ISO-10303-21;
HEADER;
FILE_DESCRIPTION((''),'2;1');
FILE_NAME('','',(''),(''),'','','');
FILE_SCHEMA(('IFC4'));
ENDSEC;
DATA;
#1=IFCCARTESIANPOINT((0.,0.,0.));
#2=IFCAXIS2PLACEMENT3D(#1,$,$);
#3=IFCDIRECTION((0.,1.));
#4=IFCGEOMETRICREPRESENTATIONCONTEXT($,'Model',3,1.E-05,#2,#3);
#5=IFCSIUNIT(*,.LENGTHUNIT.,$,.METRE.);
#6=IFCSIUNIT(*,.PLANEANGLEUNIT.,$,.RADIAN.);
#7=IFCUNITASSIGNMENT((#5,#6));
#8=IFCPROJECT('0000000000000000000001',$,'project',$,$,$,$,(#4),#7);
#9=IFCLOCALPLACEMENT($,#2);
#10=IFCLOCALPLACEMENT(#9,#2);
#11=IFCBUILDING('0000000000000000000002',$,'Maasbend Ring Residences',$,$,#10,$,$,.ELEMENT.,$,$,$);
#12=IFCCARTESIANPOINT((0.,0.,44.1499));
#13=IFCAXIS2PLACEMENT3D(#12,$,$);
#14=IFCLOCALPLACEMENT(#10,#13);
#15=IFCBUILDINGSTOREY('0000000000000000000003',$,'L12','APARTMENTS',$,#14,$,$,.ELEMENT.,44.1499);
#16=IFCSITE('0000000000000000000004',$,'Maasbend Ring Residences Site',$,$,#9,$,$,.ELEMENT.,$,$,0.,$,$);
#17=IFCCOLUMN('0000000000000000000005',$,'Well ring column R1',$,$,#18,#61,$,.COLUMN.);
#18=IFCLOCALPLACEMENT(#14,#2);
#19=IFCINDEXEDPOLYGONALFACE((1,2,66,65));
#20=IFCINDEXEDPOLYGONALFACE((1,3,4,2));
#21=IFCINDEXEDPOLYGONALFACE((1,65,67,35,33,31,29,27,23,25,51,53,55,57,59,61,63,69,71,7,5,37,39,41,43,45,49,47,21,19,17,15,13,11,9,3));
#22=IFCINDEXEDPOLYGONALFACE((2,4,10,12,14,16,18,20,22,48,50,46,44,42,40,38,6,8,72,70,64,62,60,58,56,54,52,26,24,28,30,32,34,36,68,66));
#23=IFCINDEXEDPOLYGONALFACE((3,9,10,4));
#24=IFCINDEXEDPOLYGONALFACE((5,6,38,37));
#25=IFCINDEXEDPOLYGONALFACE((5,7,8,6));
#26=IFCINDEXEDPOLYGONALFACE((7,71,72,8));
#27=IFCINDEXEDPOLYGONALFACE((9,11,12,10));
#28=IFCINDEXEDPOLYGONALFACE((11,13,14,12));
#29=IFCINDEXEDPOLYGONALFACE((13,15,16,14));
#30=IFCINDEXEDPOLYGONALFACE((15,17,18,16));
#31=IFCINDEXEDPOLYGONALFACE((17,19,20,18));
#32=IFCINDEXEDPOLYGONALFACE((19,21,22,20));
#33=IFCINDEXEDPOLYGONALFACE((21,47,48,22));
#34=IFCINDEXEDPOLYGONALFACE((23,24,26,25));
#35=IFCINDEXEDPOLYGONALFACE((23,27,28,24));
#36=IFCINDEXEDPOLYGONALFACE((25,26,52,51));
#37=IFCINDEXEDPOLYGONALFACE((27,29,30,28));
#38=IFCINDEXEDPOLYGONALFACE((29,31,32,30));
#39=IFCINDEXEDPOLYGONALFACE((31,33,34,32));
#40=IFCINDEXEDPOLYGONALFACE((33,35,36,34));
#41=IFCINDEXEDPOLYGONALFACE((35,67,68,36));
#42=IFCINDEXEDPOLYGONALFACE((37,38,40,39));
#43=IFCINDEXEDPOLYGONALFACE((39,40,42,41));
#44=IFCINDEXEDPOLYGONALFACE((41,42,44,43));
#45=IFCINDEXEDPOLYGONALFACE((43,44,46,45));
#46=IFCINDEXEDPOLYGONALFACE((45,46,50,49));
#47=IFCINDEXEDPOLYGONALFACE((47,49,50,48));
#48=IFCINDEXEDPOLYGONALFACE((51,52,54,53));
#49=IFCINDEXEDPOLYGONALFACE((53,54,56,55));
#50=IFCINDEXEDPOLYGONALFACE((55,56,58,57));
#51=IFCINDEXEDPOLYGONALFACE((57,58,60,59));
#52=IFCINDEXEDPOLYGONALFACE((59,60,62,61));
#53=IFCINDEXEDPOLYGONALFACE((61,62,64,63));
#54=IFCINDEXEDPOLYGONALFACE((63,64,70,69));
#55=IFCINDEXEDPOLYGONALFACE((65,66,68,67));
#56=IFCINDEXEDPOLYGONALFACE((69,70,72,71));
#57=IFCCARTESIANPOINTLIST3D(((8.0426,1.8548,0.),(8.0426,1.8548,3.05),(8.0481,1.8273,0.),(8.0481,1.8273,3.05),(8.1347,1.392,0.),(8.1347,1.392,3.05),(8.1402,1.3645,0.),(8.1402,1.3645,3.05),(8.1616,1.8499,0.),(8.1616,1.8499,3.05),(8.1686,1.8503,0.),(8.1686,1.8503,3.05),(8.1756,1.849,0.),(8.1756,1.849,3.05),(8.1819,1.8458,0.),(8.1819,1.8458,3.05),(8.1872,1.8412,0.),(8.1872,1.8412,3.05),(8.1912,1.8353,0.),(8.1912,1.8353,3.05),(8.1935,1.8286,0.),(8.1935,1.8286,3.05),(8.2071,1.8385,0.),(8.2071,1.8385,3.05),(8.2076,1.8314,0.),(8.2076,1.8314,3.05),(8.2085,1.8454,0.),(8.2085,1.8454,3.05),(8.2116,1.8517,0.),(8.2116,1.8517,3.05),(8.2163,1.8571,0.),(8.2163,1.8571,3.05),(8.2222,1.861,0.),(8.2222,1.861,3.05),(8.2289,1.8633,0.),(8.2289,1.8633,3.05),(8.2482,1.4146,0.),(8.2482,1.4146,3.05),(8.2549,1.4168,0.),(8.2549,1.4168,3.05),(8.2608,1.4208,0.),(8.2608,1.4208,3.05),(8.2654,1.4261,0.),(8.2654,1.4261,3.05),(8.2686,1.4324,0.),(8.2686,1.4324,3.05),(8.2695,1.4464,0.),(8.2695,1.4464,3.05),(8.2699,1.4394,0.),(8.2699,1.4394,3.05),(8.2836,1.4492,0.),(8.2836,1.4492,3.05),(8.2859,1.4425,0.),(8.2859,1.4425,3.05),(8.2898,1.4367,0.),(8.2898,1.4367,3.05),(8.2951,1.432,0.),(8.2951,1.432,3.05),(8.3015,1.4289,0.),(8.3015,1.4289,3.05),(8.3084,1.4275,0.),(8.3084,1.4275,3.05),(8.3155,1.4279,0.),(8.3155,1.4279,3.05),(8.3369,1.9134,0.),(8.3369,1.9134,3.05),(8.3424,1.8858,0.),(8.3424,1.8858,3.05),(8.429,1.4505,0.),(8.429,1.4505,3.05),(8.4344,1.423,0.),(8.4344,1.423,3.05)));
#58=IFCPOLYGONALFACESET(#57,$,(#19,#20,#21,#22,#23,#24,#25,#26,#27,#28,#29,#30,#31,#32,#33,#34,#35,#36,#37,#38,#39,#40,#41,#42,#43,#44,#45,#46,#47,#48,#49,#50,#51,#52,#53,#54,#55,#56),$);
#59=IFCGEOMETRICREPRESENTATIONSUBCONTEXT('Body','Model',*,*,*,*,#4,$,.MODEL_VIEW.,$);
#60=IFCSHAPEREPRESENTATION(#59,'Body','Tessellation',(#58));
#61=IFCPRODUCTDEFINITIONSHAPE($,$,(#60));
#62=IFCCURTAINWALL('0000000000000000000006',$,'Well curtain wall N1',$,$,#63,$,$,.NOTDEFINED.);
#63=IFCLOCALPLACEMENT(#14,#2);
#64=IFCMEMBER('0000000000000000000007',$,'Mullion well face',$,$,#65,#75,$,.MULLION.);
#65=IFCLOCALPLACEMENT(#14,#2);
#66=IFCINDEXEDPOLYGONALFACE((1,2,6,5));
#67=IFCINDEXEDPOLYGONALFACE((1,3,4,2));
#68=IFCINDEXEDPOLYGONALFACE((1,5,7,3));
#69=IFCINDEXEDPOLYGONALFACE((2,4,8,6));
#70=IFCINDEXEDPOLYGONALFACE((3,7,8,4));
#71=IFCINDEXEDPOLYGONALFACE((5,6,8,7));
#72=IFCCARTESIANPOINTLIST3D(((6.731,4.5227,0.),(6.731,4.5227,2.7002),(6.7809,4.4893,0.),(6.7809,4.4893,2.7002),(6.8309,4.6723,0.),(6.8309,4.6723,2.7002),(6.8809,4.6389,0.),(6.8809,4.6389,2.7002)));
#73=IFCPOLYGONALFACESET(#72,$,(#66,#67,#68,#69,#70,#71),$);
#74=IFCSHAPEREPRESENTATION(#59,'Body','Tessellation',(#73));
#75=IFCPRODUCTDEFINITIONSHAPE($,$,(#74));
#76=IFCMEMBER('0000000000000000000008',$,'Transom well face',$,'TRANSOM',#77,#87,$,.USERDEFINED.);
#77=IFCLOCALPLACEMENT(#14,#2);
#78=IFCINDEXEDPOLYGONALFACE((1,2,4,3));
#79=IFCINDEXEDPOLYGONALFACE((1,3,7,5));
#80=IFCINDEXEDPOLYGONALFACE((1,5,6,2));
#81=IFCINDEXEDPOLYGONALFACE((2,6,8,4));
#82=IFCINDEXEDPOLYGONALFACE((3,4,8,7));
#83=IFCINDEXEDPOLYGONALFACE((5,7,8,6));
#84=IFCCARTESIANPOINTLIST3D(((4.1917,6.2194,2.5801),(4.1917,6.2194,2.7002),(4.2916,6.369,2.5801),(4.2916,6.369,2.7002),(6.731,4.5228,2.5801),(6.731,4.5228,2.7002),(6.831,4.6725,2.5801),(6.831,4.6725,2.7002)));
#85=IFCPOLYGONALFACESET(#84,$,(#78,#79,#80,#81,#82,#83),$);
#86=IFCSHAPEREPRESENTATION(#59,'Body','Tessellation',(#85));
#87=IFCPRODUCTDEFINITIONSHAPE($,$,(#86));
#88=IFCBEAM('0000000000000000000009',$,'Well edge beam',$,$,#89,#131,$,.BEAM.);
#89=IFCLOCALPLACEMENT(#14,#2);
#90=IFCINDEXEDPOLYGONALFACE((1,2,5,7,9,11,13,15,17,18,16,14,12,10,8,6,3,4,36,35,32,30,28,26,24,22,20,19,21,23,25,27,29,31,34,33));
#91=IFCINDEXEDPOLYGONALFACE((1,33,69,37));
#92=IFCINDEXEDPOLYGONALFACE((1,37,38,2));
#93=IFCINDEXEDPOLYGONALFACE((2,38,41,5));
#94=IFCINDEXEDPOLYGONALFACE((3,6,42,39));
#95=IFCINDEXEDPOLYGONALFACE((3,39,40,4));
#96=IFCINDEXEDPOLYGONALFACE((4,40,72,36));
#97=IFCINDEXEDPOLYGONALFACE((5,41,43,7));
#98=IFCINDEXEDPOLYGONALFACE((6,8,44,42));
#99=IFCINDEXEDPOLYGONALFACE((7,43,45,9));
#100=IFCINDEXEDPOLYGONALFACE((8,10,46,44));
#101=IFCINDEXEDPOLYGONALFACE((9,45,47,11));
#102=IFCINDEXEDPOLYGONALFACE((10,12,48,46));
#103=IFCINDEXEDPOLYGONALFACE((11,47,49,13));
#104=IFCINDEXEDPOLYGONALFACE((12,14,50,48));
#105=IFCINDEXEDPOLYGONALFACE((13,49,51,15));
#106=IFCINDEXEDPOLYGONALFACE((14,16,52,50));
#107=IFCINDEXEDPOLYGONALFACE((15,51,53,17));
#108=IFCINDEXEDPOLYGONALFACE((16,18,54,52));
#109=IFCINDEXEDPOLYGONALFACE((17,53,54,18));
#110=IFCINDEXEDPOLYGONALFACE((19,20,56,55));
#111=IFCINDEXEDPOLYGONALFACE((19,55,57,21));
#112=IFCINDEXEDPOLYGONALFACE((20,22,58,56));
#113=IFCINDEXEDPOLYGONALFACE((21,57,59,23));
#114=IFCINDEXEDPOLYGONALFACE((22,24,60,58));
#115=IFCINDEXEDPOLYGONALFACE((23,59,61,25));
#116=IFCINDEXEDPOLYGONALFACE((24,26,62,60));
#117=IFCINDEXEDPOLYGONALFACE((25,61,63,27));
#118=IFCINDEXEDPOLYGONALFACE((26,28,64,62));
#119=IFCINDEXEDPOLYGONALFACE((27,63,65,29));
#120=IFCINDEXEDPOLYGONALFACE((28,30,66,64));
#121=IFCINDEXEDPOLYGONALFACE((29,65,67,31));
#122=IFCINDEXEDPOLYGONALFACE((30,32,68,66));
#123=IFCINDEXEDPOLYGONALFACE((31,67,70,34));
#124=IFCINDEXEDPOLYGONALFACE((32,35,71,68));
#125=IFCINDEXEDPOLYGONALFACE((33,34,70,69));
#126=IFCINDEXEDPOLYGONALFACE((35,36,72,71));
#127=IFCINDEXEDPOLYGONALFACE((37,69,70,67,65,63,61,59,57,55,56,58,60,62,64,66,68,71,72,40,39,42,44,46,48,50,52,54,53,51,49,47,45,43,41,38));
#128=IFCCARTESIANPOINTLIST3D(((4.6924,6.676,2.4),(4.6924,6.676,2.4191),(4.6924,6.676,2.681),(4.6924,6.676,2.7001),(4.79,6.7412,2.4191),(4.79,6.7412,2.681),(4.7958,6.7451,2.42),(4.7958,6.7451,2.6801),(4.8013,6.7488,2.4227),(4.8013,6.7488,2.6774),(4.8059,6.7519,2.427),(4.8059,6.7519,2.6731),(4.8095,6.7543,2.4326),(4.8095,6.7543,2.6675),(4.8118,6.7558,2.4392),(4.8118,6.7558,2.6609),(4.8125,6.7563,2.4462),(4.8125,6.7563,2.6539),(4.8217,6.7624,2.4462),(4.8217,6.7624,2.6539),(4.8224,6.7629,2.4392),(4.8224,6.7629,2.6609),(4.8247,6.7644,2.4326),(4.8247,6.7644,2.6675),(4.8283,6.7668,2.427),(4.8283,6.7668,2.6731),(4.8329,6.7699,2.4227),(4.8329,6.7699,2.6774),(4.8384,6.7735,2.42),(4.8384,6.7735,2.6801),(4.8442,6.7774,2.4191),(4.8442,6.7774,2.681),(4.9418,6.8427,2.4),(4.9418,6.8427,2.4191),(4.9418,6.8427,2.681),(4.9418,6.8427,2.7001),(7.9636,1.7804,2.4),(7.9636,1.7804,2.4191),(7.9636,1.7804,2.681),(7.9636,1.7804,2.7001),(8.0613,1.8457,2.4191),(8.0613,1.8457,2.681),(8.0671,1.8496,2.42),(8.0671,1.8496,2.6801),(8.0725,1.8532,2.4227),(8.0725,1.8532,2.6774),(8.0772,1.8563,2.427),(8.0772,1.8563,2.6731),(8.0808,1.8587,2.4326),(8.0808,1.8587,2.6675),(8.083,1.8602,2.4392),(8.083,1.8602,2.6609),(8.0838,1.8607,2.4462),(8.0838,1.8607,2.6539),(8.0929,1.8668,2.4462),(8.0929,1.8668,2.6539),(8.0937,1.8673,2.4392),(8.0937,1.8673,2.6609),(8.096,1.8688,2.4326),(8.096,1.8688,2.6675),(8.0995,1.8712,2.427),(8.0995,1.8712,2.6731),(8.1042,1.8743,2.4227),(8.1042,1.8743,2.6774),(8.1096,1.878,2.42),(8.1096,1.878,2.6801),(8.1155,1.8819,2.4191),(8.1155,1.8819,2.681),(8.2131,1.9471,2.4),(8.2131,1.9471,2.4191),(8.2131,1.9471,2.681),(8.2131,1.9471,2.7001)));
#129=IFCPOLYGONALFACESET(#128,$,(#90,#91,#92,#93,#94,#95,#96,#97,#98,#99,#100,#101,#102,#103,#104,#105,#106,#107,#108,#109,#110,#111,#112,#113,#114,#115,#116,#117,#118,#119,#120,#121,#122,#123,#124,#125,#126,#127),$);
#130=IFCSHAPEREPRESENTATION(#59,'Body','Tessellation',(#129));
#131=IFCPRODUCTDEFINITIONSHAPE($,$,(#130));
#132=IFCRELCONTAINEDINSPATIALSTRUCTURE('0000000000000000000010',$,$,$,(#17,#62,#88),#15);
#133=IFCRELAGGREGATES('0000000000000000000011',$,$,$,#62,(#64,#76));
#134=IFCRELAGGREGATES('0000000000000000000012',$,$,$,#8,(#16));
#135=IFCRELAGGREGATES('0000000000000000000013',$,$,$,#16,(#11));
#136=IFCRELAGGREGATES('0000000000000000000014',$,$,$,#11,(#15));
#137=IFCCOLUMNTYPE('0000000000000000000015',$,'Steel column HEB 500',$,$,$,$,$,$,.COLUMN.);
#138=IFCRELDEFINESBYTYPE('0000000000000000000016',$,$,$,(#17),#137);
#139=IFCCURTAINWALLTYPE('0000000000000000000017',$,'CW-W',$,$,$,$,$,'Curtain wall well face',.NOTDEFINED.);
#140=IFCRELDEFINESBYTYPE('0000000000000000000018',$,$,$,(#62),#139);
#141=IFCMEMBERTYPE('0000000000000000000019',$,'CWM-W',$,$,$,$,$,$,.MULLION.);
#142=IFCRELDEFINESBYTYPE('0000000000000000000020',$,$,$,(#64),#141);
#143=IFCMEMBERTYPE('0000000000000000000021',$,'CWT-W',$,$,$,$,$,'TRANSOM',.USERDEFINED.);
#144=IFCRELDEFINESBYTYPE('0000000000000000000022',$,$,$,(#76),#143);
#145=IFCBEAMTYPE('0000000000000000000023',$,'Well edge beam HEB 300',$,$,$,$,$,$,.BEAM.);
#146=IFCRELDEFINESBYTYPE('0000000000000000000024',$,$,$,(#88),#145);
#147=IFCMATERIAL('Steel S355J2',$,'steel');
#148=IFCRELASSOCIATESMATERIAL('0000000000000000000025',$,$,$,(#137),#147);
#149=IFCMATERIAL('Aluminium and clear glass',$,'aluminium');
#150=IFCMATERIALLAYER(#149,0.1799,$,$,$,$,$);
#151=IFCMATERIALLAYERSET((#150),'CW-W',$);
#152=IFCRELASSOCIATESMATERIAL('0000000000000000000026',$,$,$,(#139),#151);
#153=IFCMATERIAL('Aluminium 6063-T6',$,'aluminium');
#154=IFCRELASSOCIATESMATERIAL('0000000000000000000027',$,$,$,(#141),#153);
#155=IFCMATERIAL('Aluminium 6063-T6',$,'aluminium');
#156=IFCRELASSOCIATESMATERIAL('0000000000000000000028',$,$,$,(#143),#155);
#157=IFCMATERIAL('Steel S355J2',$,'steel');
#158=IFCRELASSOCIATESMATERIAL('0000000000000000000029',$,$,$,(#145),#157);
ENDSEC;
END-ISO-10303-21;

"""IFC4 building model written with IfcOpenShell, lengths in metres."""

from ifc_helpers import new_model, si_unit, direction, frame, origin, origin_2d, place, context, subcontext, project, spatial, rectangle, i_section, extrude, material, layer, layer_set, material_profile, profile_set, type_object, element, aggregate, save


model = new_model("IFC4")

# Units and contexts
model_context = context("Model", 3, precision=1e-05, world=origin(), true_north=direction((0.0, 1.0)))
body_context = subcontext(model_context, "Body", "Model", "MODEL_VIEW")
ifc_project = project(units=[si_unit("LENGTHUNIT", "METRE"), si_unit("PLANEANGLEUNIT", "RADIAN")], contexts=[model_context])

# Site, building, storey
site_placement = place(None, origin())
site = spatial("IfcSite", under=ifc_project, at=site_placement, Name="Maasbend Ring Residences Site", CompositionType="ELEMENT", RefElevation=0.0)
building_placement = place(site_placement, origin())
building = spatial("IfcBuilding", under=site, at=building_placement, Name="Maasbend Ring Residences", CompositionType="ELEMENT")
storey_placement = place(building_placement, frame((0.0, 0.0, 44.1499)))
storey = spatial("IfcBuildingStorey", under=building, at=storey_placement, Name="L12", Description="APARTMENTS", CompositionType="ELEMENT", Elevation=44.1499)

# Column
ifc_material_1 = material(Name="Steel S355J2", Category="steel")
ifc_material_profile_1 = material_profile(ifc_material_1, i_section(OverallWidth=0.3, OverallDepth=0.5, WebThickness=0.0144, FlangeThickness=0.0281, FilletRadius=0.0271, at=origin_2d()), Name="HEB 500")
ifc_profile_set_1 = profile_set([ifc_material_profile_1], Name="Steel S355J2")
column_type = type_object("IfcColumnType", Name="Steel column HEB 500", PredefinedType="COLUMN", material=ifc_profile_set_1)
column_placement = place(storey_placement, frame((8.2385, 1.6389, 0.0), z_axis=(0.0, 0.0, 1.0), x_axis=(0.980785, 0.19509, 0.0)))
element("IfcColumn", 1, at=column_placement, inside=storey, type_object=column_type, Name="Well ring column R1", PredefinedType="COLUMN", context=body_context, shape_type="SweptSolid", body=[
    extrude(i_section(OverallWidth=0.3, OverallDepth=0.5, WebThickness=0.0144, FlangeThickness=0.0281, FilletRadius=0.0271, at=origin_2d()), origin(), (0.0, 0.0, 1.0), 3.05),
])

# Curtain wall, members
ifc_material_2 = material(Name="Aluminium and clear glass", Category="aluminium")
ifc_layer_1 = layer(ifc_material_2, 0.1799)
ifc_layer_set_1 = layer_set([ifc_layer_1], Name="CW-W")
curtain_wall_type = type_object("IfcCurtainWallType", Name="CW-W", ElementType="Curtain wall well face", PredefinedType="NOTDEFINED", material=ifc_layer_set_1)
curtain_wall_placement = place(storey_placement, origin())
curtain_wall = element("IfcCurtainWall", 2, at=curtain_wall_placement, inside=storey, type_object=curtain_wall_type, Name="Well curtain wall N1", PredefinedType="NOTDEFINED")
ifc_material_3 = material(Name="Aluminium 6063-T6", Category="aluminium")
ifc_material_profile_2 = material_profile(ifc_material_3, rectangle(XDim=0.1799, YDim=0.0601, at=origin_2d()), Name="AL 180x60")
ifc_profile_set_2 = profile_set([ifc_material_profile_2], Name="Aluminium 6063-T6")
member_type_1 = type_object("IfcMemberType", Name="CWM-W", PredefinedType="MULLION", material=ifc_profile_set_2)
member_1_placement = place(storey_placement, frame((6.8059, 4.5808, 0.0), z_axis=(0.0, 0.0, 1.0), x_axis=(-0.55557, -0.83147, 0.0)))
member_1 = element("IfcMember", 3, at=member_1_placement, type_object=member_type_1, Name="Mullion well face", PredefinedType="MULLION", context=body_context, shape_type="SweptSolid", body=[
    extrude(rectangle(XDim=0.1799, YDim=0.0601, at=origin_2d()), origin(), (0.0, 0.0, 1.0), 2.7002),
])
ifc_material_4 = material(Name="Aluminium 6063-T6", Category="aluminium")
ifc_material_profile_3 = material_profile(ifc_material_4, rectangle(XDim=0.1799, YDim=0.1201, at=origin_2d()), Name="AL 180x120")
ifc_profile_set_3 = profile_set([ifc_material_profile_3], Name="Aluminium 6063-T6")
member_type_2 = type_object("IfcMemberType", Name="CWT-W", ElementType="TRANSOM", PredefinedType="USERDEFINED", material=ifc_profile_set_3)
member_2_placement = place(storey_placement, frame((6.781, 4.5977, 2.6401), z_axis=(-0.831496, 0.55553, 0.0), x_axis=(-0.55553, -0.831496, 0.0)))
member_2 = element("IfcMember", 4, at=member_2_placement, type_object=member_type_2, Name="Transom well face", ObjectType="TRANSOM", PredefinedType="USERDEFINED", context=body_context, shape_type="SweptSolid", body=[
    extrude(rectangle(XDim=0.1799, YDim=0.1201, at=origin_2d()), origin(), (0.0, 0.0, 1.0), 3.054),
])
aggregate(curtain_wall, [member_1, member_2])

# Beam
ifc_material_5 = material(Name="Steel S355J2", Category="steel")
ifc_material_profile_4 = material_profile(ifc_material_5, i_section(OverallWidth=0.3, OverallDepth=0.3, WebThickness=0.011, FlangeThickness=0.019, FilletRadius=0.0271, at=origin_2d()), Name="HEB 300")
ifc_profile_set_4 = profile_set([ifc_material_profile_4], Name="Steel S355J2")
beam_type = type_object("IfcBeamType", Name="Well edge beam HEB 300", PredefinedType="BEAM", material=ifc_profile_set_4)
beam_placement = place(storey_placement, frame((8.0884, 1.8638, 2.55), z_axis=(-0.55559, 0.831457, 0.0), x_axis=(-0.831457, -0.55559, 0.0)))
element("IfcBeam", 5, at=beam_placement, inside=storey, type_object=beam_type, Name="Well edge beam", PredefinedType="BEAM", context=body_context, shape_type="SweptSolid", body=[
    extrude(i_section(OverallWidth=0.3, OverallDepth=0.3, WebThickness=0.011, FlangeThickness=0.019, FilletRadius=0.0271, at=origin_2d()), origin(), (0.0, 0.0, 1.0), 5.8879),
])

save(model, "model.ifc")
